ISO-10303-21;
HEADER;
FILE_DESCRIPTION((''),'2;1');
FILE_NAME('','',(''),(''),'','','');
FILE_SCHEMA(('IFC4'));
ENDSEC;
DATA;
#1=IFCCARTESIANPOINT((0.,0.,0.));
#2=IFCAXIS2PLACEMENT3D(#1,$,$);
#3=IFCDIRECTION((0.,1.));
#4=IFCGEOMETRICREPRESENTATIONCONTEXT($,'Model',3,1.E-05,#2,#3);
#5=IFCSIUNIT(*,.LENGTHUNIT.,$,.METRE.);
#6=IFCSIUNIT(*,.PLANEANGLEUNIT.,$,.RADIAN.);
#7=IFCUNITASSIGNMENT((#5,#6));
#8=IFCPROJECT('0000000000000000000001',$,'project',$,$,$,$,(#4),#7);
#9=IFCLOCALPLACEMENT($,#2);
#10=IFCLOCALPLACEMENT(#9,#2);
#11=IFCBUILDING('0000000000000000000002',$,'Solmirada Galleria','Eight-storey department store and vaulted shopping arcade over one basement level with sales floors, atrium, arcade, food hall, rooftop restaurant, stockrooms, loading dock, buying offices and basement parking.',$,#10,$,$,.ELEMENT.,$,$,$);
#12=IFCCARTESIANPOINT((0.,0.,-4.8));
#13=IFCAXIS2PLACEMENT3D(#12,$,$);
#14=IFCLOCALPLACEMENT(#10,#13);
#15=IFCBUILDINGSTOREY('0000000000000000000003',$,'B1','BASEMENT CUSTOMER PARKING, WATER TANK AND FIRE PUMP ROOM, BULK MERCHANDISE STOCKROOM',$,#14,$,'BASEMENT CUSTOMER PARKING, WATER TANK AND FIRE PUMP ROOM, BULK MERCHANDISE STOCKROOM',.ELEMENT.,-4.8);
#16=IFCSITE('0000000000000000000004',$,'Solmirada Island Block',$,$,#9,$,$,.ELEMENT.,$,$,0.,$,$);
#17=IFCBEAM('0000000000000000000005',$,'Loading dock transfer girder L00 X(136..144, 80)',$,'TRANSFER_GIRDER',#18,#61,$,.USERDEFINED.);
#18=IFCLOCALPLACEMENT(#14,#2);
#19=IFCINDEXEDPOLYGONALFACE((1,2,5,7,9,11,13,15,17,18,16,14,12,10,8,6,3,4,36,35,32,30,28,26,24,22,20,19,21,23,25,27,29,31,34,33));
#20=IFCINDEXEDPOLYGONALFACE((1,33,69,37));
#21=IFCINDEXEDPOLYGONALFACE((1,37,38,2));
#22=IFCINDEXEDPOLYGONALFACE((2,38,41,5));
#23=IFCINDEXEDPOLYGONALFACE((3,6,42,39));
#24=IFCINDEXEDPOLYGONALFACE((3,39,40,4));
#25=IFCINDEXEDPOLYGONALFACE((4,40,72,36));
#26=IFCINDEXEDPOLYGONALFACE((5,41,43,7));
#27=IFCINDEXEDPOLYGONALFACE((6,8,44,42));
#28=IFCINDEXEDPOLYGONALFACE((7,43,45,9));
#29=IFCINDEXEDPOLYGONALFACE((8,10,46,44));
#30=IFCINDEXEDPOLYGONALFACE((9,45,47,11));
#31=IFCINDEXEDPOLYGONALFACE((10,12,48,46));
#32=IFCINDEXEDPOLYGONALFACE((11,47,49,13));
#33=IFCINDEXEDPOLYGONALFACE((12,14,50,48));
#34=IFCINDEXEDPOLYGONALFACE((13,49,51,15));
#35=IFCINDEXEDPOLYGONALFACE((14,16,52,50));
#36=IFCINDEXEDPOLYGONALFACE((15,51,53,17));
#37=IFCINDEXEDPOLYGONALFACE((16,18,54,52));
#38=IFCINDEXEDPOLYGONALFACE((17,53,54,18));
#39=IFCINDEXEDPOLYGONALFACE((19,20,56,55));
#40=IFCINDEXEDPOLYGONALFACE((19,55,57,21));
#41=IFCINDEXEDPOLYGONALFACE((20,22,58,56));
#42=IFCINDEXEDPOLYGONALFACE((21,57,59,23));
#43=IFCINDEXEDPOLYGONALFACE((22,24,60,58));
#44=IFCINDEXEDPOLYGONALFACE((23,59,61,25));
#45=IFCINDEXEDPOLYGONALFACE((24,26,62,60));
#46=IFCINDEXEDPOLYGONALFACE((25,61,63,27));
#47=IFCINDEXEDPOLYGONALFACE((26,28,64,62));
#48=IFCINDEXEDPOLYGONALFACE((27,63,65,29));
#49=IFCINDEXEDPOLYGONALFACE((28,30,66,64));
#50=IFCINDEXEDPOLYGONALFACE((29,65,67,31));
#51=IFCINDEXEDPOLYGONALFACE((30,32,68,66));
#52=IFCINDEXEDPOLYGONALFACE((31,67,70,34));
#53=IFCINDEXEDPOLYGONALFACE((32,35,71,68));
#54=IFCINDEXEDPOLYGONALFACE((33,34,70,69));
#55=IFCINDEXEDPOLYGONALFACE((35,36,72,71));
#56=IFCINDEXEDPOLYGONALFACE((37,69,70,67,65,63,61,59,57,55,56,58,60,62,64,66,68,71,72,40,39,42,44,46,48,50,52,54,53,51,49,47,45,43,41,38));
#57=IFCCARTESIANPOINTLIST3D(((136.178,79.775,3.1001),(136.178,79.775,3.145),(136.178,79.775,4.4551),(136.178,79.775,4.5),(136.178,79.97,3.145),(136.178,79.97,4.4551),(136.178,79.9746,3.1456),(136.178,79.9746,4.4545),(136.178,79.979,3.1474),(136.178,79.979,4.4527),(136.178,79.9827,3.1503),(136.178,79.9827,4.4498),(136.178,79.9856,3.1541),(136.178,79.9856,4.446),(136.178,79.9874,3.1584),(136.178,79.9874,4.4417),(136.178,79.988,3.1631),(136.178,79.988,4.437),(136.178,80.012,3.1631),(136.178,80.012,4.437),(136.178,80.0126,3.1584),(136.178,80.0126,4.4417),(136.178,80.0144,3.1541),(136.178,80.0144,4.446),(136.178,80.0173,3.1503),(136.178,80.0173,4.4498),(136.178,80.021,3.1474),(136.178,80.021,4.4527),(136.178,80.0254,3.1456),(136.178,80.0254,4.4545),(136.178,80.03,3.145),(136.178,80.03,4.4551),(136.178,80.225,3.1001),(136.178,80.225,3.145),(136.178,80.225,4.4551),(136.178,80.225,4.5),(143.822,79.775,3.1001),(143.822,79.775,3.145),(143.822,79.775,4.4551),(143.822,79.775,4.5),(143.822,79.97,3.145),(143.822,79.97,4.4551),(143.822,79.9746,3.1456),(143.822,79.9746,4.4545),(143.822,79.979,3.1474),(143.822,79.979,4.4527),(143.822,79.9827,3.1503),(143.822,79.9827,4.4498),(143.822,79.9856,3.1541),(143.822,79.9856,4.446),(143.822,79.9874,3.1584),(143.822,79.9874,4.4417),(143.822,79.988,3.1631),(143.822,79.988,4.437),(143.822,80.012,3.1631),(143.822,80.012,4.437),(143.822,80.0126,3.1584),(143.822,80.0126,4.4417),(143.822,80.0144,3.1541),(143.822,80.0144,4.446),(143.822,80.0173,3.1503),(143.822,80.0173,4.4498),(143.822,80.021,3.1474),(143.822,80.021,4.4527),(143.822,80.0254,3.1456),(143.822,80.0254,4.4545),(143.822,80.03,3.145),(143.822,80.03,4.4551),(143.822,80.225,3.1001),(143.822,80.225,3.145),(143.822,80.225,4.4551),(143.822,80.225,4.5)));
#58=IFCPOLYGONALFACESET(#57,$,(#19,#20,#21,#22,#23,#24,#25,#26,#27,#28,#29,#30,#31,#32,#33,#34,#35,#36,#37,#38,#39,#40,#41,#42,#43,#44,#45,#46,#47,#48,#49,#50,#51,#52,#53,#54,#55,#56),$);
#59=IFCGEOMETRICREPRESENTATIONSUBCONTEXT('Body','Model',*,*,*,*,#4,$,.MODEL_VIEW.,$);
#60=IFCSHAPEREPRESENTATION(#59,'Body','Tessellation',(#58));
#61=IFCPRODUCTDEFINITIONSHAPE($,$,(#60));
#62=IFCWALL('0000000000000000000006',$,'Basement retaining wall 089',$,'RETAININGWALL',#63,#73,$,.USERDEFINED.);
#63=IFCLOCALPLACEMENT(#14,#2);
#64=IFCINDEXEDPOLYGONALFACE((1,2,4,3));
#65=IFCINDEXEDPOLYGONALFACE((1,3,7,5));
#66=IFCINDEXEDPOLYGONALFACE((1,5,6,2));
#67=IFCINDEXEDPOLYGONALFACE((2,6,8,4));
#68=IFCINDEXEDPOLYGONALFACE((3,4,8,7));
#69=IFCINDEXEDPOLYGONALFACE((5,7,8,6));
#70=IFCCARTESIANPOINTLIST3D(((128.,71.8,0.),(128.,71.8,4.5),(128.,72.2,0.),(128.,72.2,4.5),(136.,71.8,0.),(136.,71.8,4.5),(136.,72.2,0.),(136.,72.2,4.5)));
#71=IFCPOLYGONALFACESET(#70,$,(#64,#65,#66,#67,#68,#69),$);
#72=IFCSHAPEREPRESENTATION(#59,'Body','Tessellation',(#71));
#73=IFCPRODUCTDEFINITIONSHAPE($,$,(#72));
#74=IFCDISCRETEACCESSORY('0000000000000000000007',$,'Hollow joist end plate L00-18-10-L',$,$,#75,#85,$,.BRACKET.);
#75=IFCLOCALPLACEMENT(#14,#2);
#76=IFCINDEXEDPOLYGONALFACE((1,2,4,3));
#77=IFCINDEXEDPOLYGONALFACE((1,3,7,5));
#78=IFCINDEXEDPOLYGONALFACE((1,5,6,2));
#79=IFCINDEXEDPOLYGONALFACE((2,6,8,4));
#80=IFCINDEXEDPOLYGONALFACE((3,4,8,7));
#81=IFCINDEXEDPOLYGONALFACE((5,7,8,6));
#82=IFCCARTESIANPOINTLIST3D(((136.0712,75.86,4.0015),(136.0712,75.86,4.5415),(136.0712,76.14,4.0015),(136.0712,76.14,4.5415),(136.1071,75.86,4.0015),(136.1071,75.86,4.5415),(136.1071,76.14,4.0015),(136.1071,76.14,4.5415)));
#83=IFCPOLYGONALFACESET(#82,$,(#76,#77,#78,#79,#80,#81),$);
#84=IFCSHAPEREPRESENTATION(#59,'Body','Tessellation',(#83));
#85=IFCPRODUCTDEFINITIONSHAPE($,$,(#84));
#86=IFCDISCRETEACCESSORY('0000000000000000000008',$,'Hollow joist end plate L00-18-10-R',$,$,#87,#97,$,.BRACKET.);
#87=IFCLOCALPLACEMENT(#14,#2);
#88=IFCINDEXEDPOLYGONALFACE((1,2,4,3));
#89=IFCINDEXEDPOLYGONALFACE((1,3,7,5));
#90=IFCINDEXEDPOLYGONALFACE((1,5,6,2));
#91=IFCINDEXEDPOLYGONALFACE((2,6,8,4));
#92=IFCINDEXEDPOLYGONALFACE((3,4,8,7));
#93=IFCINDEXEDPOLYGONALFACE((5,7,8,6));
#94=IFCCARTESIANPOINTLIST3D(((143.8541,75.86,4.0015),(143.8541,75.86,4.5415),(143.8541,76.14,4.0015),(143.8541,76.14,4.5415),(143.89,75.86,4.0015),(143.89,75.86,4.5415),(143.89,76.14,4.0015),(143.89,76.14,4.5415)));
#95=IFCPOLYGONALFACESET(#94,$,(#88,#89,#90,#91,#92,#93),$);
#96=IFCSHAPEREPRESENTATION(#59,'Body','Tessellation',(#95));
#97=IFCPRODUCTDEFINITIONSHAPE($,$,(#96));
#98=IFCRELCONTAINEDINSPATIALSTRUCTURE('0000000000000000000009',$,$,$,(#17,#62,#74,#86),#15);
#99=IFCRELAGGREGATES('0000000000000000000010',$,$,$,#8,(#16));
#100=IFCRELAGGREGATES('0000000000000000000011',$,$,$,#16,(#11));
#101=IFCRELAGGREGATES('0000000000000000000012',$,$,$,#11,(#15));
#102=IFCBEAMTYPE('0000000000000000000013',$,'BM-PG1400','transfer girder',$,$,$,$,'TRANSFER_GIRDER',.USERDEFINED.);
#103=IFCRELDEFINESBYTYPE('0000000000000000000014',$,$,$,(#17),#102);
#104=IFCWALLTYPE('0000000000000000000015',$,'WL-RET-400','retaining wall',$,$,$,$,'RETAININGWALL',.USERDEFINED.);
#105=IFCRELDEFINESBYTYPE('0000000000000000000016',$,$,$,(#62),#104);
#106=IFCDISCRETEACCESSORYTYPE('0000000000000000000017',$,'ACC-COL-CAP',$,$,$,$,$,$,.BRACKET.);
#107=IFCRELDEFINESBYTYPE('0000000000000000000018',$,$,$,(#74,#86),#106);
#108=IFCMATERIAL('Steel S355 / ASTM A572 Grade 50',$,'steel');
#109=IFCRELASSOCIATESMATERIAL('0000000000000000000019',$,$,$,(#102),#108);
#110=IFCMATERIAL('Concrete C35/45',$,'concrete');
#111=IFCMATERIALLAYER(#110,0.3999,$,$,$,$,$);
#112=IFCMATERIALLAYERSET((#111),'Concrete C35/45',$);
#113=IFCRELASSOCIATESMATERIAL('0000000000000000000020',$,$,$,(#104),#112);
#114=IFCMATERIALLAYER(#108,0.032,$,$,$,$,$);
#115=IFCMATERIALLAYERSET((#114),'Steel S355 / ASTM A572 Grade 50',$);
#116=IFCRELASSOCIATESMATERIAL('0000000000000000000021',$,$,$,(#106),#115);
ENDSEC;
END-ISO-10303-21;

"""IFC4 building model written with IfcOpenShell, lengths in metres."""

from ifc_helpers import new_model, si_unit, direction, frame, frame_2d, origin, origin_2d, place, context, subcontext, project, spatial, rectangle, i_section, extrude, material, layer, layer_set, material_profile, profile_set, type_object, element, save


model = new_model("IFC4")

# Units and contexts
model_context = context("Model", 3, precision=1e-05, world=origin(), true_north=direction((0.0, 1.0)))
body_context = subcontext(model_context, "Body", "Model", "MODEL_VIEW")
ifc_project = project(units=[si_unit("LENGTHUNIT", "METRE"), si_unit("PLANEANGLEUNIT", "RADIAN")], contexts=[model_context])

# Site, building, storey
site_placement = place(None, origin())
site = spatial("IfcSite", under=ifc_project, at=site_placement, Name="Solmirada Island Block", CompositionType="ELEMENT", RefElevation=0.0)
building_placement = place(site_placement, origin())
building = spatial("IfcBuilding", under=site, at=building_placement, Name="Solmirada Galleria", Description="Eight-storey department store and vaulted shopping arcade over one basement level with sales floors, atrium, arcade, food hall, rooftop restaurant, stockrooms, loading dock, buying offices and basement parking.", CompositionType="ELEMENT")
storey_placement = place(building_placement, frame((0.0, 0.0, -4.8)))
storey = spatial("IfcBuildingStorey", under=building, at=storey_placement, Name="B1", Description="BASEMENT CUSTOMER PARKING, WATER TANK AND FIRE PUMP ROOM, BULK MERCHANDISE STOCKROOM", LongName="BASEMENT CUSTOMER PARKING, WATER TANK AND FIRE PUMP ROOM, BULK MERCHANDISE STOCKROOM", CompositionType="ELEMENT", Elevation=-4.8)

# Shared definitions
ifc_material_1 = material(Name="Concrete C35/45", Category="concrete")

# Beam
ifc_material_2 = material(Name="Steel S355 / ASTM A572 Grade 50", Category="steel")
ifc_material_profile_1 = material_profile(ifc_material_2, i_section(OverallWidth=0.45, OverallDepth=1.3999, WebThickness=0.0239, FlangeThickness=0.0449, FilletRadius=0.0181, at=origin_2d()), Name="PG1400X450")
ifc_profile_set_1 = profile_set([ifc_material_profile_1], Name="Steel S355 / ASTM A572 Grade 50")
beam_type_1 = type_object("IfcBeamType", Name="BM-PG1400", Description="transfer girder", ElementType="TRANSFER_GIRDER", PredefinedType="USERDEFINED", material=ifc_profile_set_1)
beam_1_placement = place(storey_placement, frame((136.178, 80.0, 3.8), z_axis=(1.0, 0.0, 0.0), x_axis=(0.0, 1.0, 0.0)))
element("IfcBeam", 1, at=beam_1_placement, inside=storey, type_object=beam_type_1, Name="Loading dock transfer girder L00 X(136..144, 80)", ObjectType="TRANSFER_GIRDER", PredefinedType="USERDEFINED", context=body_context, shape_type="SweptSolid", body=[
    extrude(i_section(OverallWidth=0.45, OverallDepth=1.3999, WebThickness=0.0239, FlangeThickness=0.0449, FilletRadius=0.0181, at=origin_2d()), origin(), (0.0, 0.0, 1.0), 7.644),
])

# Wall
ifc_layer_1 = layer(ifc_material_1, 0.3999)
ifc_layer_set_1 = layer_set([ifc_layer_1], Name="Concrete C35/45")
wall_type = type_object("IfcWallType", Name="WL-RET-400", Description="retaining wall", ElementType="RETAININGWALL", PredefinedType="USERDEFINED", material=ifc_layer_set_1)
wall_placement = place(storey_placement, frame((136.0, 72.0, 0.0), z_axis=(0.0, 0.0, 1.0), x_axis=(-1.0, 0.0, 0.0)))
element("IfcWall", 2, at=wall_placement, inside=storey, type_object=wall_type, Name="Basement retaining wall 089", ObjectType="RETAININGWALL", PredefinedType="USERDEFINED", context=body_context, shape_type="SweptSolid", body=[
    extrude(rectangle(XDim=8.0, YDim=0.3999, at=frame_2d((4.0, 0.0))), origin(), (0.0, 0.0, 1.0), 4.5),
])

# Discrete accessories
ifc_layer_2 = layer(ifc_material_2, 0.032)
ifc_layer_set_2 = layer_set([ifc_layer_2], Name="Steel S355 / ASTM A572 Grade 50")
discrete_accessory_type = type_object("IfcDiscreteAccessoryType", Name="ACC-COL-CAP", PredefinedType="BRACKET", material=ifc_layer_set_2)
for number, where, z_axis, x_axis, name in (
    (3, (136.0891, 76.0, 4.0015), (0.0, 0.0, 1.0), (1.0, 0.0, 0.0), "Hollow joist end plate L00-18-10-L"),
    (4, (143.8721, 76.0, 4.0015), (0.0, 0.0, 1.0), (1.0, 0.0, 0.0), "Hollow joist end plate L00-18-10-R"),
):
    element("IfcDiscreteAccessory", number, at=place(storey_placement, frame(where, z_axis=z_axis, x_axis=x_axis)), inside=storey, type_object=discrete_accessory_type, Name=name, PredefinedType="BRACKET", context=body_context, shape_type="SweptSolid", body=[
        extrude(rectangle(XDim=0.0359, YDim=0.28, at=origin_2d()), origin(), (0.0, 0.0, 1.0), 0.54),
    ])

save(model, "model.ifc")
